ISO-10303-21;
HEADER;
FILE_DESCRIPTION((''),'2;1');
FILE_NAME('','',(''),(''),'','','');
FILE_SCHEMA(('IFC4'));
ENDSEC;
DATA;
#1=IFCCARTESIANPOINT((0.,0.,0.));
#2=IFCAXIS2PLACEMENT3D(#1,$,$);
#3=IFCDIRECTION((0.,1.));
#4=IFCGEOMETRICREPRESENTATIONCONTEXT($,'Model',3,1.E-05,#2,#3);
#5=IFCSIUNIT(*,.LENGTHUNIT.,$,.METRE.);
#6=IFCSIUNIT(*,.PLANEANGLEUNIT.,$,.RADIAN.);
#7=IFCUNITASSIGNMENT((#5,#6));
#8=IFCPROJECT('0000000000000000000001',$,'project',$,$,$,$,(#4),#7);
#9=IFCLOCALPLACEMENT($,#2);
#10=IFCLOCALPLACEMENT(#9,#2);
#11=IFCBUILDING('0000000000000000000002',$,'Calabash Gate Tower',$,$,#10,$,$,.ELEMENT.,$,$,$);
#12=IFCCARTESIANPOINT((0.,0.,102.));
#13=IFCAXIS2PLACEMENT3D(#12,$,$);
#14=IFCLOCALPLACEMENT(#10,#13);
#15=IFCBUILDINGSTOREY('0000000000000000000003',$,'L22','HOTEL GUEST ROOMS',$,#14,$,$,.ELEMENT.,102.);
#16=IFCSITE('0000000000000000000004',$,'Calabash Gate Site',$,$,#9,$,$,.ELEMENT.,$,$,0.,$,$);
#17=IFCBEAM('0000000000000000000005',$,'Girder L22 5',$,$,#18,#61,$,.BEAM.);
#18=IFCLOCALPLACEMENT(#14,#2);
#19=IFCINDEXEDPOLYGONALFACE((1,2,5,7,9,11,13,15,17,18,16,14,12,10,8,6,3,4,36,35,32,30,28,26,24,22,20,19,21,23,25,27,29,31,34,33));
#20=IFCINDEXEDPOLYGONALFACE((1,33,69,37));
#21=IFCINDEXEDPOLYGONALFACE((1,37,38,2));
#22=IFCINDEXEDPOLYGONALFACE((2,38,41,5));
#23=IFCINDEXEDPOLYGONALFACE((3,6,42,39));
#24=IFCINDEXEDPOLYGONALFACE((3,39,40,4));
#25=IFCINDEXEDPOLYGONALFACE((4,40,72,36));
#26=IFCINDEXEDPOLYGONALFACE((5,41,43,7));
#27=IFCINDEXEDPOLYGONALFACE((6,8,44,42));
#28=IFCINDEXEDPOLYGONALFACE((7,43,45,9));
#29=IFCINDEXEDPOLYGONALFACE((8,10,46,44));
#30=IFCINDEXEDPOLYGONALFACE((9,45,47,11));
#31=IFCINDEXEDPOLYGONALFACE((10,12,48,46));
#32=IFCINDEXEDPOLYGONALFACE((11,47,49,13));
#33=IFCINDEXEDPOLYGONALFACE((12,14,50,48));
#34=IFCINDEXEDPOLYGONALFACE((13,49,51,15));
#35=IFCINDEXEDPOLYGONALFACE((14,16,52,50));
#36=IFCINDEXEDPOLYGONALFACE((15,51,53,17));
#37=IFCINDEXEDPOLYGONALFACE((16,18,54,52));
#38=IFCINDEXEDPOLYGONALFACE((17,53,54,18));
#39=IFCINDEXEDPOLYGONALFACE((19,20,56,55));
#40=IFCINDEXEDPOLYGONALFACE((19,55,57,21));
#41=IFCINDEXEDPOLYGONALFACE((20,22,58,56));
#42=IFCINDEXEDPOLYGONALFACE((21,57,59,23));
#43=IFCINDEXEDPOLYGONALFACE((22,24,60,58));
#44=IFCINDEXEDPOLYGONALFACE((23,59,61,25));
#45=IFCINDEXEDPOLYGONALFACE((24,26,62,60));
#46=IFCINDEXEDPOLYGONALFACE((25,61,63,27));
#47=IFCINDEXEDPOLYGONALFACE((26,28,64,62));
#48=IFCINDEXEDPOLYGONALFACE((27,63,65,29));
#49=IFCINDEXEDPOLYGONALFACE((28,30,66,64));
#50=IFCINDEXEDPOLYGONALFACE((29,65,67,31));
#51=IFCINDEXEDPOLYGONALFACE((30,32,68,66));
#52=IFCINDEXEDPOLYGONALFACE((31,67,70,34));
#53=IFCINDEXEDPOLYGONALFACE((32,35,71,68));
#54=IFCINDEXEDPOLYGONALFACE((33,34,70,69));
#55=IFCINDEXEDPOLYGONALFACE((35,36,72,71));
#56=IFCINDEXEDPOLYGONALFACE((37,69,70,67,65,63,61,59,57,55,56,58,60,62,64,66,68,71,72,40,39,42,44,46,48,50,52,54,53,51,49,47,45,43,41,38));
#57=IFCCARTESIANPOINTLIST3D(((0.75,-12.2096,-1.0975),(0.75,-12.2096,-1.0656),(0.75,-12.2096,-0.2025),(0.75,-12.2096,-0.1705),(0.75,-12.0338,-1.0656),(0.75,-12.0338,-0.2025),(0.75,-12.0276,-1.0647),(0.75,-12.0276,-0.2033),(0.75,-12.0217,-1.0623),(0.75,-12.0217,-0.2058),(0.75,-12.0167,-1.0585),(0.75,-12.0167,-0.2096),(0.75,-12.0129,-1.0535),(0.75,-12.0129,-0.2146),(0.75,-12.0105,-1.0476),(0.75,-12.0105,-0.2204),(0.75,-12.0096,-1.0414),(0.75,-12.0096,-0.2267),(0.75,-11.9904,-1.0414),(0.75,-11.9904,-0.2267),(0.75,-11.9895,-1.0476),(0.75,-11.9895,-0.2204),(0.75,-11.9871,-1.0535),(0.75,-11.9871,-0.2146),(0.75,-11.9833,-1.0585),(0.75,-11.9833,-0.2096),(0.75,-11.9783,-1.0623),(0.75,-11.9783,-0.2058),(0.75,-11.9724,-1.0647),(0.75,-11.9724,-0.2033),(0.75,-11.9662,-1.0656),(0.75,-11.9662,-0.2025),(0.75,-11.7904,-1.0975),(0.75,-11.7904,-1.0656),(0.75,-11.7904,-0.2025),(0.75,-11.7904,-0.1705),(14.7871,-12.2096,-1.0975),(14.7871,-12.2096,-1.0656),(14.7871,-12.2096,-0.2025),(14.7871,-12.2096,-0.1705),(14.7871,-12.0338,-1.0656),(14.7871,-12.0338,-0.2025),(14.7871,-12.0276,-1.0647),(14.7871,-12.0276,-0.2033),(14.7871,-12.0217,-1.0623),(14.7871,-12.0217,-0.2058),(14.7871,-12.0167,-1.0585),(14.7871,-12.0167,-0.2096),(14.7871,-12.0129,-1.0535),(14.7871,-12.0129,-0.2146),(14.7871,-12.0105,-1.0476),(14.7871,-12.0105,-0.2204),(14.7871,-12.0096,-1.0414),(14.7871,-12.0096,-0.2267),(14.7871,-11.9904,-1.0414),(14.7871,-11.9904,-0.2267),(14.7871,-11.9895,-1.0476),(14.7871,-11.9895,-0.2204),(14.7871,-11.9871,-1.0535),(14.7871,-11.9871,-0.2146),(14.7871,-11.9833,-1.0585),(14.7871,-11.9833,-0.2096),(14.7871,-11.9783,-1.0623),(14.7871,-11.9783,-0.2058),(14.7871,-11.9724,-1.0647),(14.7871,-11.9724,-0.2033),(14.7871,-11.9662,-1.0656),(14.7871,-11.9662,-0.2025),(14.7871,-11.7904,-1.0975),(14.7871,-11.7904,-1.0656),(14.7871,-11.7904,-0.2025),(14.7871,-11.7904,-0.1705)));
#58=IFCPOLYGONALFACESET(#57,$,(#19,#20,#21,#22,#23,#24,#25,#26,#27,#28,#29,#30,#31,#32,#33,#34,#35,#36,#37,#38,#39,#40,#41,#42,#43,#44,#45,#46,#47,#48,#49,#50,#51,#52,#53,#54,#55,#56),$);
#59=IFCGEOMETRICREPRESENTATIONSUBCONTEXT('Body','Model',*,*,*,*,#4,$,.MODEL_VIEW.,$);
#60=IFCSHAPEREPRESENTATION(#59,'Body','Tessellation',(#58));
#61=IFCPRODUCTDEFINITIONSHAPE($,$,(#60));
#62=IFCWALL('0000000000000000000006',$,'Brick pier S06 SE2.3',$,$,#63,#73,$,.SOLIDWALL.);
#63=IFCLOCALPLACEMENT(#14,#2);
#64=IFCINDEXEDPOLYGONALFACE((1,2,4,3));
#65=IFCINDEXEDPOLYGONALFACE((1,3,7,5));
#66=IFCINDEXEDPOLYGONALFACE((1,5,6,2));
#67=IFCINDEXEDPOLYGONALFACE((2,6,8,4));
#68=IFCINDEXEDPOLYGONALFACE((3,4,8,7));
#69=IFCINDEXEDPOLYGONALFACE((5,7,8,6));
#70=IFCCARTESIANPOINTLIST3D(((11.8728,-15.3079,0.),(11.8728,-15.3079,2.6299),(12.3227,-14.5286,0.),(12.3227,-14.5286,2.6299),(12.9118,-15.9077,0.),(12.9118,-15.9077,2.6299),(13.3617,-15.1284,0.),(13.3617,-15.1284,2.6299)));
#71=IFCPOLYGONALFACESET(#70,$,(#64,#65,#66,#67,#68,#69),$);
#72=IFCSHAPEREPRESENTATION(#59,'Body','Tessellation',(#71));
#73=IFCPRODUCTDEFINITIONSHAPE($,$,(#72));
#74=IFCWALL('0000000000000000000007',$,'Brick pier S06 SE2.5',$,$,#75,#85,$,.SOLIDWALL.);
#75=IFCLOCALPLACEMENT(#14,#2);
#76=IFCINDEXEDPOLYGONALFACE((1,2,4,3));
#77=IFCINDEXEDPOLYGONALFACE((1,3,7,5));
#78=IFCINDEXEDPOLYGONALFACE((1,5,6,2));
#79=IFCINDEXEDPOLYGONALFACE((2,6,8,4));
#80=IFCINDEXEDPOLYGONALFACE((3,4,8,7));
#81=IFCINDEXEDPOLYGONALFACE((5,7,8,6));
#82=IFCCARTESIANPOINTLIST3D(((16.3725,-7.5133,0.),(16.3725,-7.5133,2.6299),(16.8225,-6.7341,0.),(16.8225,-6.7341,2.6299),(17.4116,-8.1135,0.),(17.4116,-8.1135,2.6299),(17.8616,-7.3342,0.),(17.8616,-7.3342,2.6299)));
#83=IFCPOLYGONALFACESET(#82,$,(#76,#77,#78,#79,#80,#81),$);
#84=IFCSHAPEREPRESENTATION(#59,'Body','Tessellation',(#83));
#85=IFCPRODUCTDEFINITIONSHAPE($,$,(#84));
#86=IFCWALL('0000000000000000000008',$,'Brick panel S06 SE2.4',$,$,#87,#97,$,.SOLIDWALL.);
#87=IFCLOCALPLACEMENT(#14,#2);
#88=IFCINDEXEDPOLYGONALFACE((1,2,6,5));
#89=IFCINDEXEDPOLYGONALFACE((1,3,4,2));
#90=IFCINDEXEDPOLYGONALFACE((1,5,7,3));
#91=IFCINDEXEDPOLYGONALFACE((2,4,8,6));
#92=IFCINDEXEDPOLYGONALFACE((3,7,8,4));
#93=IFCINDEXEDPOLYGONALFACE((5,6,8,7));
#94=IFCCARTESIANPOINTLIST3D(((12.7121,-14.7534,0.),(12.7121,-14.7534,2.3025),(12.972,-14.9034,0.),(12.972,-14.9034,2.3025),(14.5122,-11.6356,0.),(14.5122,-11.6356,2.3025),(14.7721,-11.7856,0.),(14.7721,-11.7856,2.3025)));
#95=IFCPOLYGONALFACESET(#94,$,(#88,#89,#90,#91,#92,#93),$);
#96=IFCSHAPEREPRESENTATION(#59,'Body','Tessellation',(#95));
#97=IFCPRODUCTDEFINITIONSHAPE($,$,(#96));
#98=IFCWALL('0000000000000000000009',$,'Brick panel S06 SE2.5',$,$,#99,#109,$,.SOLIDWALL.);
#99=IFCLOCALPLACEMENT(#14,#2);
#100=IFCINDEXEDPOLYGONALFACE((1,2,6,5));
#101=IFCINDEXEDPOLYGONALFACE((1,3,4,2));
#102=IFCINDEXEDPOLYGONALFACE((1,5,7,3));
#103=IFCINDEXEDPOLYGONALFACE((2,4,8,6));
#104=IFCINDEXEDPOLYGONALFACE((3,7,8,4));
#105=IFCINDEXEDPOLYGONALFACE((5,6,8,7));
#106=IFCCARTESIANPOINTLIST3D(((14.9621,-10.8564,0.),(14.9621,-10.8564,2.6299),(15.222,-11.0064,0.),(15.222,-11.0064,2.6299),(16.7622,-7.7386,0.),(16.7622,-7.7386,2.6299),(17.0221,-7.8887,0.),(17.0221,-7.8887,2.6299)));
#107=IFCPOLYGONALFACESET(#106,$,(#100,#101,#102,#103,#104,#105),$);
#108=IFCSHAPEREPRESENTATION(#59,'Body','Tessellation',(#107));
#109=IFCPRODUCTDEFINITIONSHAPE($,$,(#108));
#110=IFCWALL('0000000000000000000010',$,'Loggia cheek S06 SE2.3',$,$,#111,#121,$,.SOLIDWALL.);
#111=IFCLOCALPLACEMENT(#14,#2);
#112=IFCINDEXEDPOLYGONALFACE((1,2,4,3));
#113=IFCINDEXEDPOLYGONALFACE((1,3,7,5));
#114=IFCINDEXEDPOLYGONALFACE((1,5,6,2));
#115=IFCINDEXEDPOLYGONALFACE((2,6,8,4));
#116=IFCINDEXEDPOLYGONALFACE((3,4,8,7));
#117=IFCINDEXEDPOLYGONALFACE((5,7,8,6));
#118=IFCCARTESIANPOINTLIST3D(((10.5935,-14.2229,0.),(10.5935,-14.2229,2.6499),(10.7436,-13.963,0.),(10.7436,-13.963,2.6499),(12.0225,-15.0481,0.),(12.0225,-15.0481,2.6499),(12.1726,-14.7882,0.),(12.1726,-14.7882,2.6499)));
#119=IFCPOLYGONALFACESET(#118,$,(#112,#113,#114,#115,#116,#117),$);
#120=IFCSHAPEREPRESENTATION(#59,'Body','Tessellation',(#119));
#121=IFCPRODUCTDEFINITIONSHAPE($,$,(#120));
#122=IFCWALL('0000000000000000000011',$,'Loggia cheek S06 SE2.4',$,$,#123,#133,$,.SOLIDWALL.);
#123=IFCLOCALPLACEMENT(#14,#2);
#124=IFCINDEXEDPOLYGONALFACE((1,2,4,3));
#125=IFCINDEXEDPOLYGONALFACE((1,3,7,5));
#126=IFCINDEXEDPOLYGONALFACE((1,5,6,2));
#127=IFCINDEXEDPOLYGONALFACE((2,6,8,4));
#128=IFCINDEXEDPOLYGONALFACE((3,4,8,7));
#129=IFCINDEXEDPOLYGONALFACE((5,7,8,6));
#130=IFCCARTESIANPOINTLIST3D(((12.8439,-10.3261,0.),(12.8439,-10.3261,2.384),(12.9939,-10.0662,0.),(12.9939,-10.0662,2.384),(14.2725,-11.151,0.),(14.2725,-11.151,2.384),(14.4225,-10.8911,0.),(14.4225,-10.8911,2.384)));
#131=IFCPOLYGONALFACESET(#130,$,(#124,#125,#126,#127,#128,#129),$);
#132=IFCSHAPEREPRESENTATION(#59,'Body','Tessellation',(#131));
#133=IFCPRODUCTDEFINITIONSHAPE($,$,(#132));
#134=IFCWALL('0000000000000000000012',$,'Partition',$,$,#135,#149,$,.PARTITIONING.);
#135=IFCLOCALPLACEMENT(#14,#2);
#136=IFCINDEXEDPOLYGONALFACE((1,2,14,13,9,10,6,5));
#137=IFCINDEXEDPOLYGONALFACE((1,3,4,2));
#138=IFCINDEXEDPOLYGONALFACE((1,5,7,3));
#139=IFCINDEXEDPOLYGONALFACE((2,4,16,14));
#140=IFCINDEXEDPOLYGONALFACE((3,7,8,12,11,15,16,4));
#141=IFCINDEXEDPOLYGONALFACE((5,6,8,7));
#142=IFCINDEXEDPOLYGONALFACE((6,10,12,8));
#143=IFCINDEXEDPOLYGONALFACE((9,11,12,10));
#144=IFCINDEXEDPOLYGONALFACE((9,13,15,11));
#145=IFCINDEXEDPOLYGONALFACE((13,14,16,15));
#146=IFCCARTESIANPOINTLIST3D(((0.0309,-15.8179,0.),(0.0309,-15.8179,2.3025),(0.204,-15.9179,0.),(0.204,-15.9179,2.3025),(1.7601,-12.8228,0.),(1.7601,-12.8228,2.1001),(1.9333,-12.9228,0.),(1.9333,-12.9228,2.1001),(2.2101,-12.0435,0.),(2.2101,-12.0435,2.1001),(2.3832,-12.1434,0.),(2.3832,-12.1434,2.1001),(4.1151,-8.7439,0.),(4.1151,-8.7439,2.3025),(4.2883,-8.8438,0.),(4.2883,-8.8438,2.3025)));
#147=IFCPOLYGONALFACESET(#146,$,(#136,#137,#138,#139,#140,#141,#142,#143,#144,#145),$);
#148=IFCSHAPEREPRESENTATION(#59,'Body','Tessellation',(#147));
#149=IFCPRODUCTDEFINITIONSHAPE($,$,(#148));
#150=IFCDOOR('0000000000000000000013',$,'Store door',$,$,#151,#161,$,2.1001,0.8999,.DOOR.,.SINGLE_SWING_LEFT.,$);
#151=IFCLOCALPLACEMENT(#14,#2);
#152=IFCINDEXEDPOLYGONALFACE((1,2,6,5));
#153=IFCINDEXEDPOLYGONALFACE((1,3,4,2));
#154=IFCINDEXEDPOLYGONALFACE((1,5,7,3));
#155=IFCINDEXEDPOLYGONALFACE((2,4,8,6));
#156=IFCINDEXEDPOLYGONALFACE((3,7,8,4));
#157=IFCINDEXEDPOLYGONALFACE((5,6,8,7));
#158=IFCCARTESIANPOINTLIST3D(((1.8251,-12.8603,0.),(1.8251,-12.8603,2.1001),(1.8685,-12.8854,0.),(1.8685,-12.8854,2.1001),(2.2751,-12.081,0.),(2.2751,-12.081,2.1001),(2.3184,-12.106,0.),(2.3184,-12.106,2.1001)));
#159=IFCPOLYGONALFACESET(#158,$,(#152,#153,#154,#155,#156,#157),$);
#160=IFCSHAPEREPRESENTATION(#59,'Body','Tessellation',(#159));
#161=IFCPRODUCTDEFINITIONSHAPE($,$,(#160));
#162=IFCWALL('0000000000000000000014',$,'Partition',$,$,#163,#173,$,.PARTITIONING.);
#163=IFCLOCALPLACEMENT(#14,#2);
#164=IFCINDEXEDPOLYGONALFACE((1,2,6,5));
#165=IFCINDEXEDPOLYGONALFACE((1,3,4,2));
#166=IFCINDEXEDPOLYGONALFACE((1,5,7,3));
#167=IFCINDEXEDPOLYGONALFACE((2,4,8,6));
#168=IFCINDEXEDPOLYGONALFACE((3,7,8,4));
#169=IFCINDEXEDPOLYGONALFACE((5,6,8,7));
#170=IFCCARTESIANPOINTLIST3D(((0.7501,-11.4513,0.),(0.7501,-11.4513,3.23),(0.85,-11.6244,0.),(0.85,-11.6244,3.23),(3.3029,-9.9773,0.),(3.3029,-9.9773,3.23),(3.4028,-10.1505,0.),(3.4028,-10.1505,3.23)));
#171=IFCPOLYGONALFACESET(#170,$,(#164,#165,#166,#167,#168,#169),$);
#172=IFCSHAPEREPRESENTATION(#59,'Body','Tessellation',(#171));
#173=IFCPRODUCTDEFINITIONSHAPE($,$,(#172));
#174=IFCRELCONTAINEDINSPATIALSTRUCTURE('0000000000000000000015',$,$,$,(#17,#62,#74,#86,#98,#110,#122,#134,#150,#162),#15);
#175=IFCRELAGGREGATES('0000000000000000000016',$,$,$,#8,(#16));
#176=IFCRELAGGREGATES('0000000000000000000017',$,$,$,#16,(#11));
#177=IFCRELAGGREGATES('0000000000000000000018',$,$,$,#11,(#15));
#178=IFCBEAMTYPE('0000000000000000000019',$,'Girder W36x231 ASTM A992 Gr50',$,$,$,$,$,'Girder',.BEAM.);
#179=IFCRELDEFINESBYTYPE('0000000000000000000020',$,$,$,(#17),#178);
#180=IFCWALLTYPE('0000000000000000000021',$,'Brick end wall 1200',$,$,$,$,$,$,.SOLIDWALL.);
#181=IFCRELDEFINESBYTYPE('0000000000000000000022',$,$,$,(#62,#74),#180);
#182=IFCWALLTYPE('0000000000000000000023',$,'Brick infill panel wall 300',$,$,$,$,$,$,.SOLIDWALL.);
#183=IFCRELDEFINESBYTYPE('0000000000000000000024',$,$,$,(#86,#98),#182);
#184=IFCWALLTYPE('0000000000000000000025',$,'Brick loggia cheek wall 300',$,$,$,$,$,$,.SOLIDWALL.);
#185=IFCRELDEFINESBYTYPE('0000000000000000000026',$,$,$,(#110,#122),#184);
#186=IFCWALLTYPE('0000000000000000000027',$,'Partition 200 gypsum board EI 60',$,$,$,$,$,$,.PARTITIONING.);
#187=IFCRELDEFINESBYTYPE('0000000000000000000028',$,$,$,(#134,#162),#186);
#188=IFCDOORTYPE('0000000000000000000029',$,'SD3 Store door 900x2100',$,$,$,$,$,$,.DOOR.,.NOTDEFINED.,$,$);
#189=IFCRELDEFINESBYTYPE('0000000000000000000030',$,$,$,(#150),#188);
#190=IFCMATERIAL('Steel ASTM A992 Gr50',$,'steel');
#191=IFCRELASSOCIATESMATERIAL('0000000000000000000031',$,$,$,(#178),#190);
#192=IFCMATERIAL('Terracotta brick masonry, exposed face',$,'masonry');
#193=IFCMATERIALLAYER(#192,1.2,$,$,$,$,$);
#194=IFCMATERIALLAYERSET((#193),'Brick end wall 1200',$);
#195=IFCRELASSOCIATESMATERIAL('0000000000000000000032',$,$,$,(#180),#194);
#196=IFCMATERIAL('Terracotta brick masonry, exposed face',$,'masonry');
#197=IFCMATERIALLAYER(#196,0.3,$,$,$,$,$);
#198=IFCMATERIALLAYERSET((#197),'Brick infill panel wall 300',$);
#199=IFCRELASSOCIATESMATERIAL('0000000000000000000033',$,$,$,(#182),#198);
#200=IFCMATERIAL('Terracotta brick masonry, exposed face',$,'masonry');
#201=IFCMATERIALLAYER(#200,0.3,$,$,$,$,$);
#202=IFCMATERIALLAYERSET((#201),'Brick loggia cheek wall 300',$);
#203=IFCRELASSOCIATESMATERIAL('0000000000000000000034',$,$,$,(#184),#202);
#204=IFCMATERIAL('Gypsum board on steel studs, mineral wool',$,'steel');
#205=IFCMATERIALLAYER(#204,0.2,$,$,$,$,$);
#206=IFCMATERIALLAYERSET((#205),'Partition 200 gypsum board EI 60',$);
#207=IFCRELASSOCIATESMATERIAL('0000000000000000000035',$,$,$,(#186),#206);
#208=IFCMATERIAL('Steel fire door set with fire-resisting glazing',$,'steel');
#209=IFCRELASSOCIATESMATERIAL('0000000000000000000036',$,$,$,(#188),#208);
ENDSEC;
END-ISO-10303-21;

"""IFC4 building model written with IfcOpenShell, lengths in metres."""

from ifc_helpers import new_model, si_unit, direction, frame, frame_2d, origin, origin_2d, place, context, subcontext, project, spatial, rectangle, i_section, extrude, material, layer, layer_set, material_profile, profile_set, type_object, element, fill, save


model = new_model("IFC4")

# Units and contexts
model_context = context("Model", 3, precision=1e-05, world=origin(), true_north=direction((0.0, 1.0)))
body_context = subcontext(model_context, "Body", "Model", "MODEL_VIEW")
ifc_project = project(units=[si_unit("LENGTHUNIT", "METRE"), si_unit("PLANEANGLEUNIT", "RADIAN")], contexts=[model_context])

# Site, building, storey
site_placement = place(None, origin())
site = spatial("IfcSite", under=ifc_project, at=site_placement, Name="Calabash Gate Site", CompositionType="ELEMENT", RefElevation=0.0)
building_placement = place(site_placement, origin())
building = spatial("IfcBuilding", under=site, at=building_placement, Name="Calabash Gate Tower", CompositionType="ELEMENT")
storey_placement = place(building_placement, frame((0.0, 0.0, 102.0)))
storey = spatial("IfcBuildingStorey", under=building, at=storey_placement, Name="L22", Description="HOTEL GUEST ROOMS", CompositionType="ELEMENT", Elevation=102.0)

# Beam
ifc_material_1 = material(Name="Steel ASTM A992 Gr50", Category="steel")
ifc_material_profile_1 = material_profile(ifc_material_1, i_section(OverallWidth=0.4192, OverallDepth=0.927, WebThickness=0.0193, FlangeThickness=0.032, FilletRadius=0.0242, at=origin_2d()))
ifc_profile_set_1 = profile_set([ifc_material_profile_1], Name="Steel ASTM A992 Gr50")
beam_type_1 = type_object("IfcBeamType", Name="Girder W36x231 ASTM A992 Gr50", ElementType="Girder", PredefinedType="BEAM", material=ifc_profile_set_1)
beam_1_placement = place(storey_placement, frame((0.75, -12.0, -0.634), z_axis=(1.0, 0.0, 0.0), x_axis=(0.0, 1.0, 0.0)))
element("IfcBeam", 1, at=beam_1_placement, inside=storey, type_object=beam_type_1, Name="Girder L22 5", PredefinedType="BEAM", context=body_context, shape_type="SweptSolid", body=[
    extrude(i_section(OverallWidth=0.4192, OverallDepth=0.927, WebThickness=0.0193, FlangeThickness=0.032, FilletRadius=0.0242, at=origin_2d()), origin(), (0.0, 0.0, 1.0), 14.0371),
])

# Walls
ifc_material_2 = material(Name="Terracotta brick masonry, exposed face", Category="masonry")
ifc_layer_1 = layer(ifc_material_2, 1.2)
ifc_layer_set_1 = layer_set([ifc_layer_1], Name="Brick end wall 1200")
wall_type_1 = type_object("IfcWallType", Name="Brick end wall 1200", PredefinedType="SOLIDWALL", material=ifc_layer_set_1)
wall_1_placement = place(storey_placement, frame((13.1367, -15.5181, 0.0), z_axis=(0.0, 0.0, 1.0), x_axis=(-0.866043, 0.499969, 0.0)))
element("IfcWall", 2, at=wall_1_placement, inside=storey, type_object=wall_type_1, Name="Brick pier S06 SE2.3", PredefinedType="SOLIDWALL", context=body_context, shape_type="SweptSolid", body=[
    extrude(rectangle(XDim=1.1997, YDim=0.8999, at=frame_2d((0.5999, 0.0))), origin(), (0.0, 0.0, 1.0), 2.6299),
])
wall_2_placement = place(storey_placement, frame((17.6367, -7.7239, 0.0), z_axis=(0.0, 0.0, 1.0), x_axis=(-0.865955, 0.500122, 0.0)))
element("IfcWall", 3, at=wall_2_placement, inside=storey, type_object=wall_type_1, Name="Brick pier S06 SE2.5", PredefinedType="SOLIDWALL", context=body_context, shape_type="SweptSolid", body=[
    extrude(rectangle(XDim=1.2, YDim=0.8999, at=frame_2d((0.6001, 0.0))), origin(), (0.0, 0.0, 1.0), 2.6299),
])
ifc_material_3 = material(Name="Terracotta brick masonry, exposed face", Category="masonry")
ifc_layer_2 = layer(ifc_material_3, 0.3)
ifc_layer_set_2 = layer_set([ifc_layer_2], Name="Brick infill panel wall 300")
wall_type_2 = type_object("IfcWallType", Name="Brick infill panel wall 300", PredefinedType="SOLIDWALL", material=ifc_layer_set_2)
wall_3_placement = place(storey_placement, frame((12.842, -14.8284, 0.0), z_axis=(0.0, 0.0, 1.0), x_axis=(0.500012, 0.866018, 0.0)))
element("IfcWall", 4, at=wall_3_placement, inside=storey, type_object=wall_type_2, Name="Brick panel S06 SE2.4", PredefinedType="SOLIDWALL", context=body_context, shape_type="SweptSolid", body=[
    extrude(rectangle(XDim=3.6001, YDim=0.3, at=frame_2d((1.8, 0.0))), origin(), (0.0, 0.0, 1.0), 2.3025),
])
wall_4_placement = place(storey_placement, frame((15.092, -10.9314, 0.0), z_axis=(0.0, 0.0, 1.0), x_axis=(0.500012, 0.866018, 0.0)))
element("IfcWall", 5, at=wall_4_placement, inside=storey, type_object=wall_type_2, Name="Brick panel S06 SE2.5", PredefinedType="SOLIDWALL", context=body_context, shape_type="SweptSolid", body=[
    extrude(rectangle(XDim=3.6001, YDim=0.3, at=frame_2d((1.8, 0.0))), origin(), (0.0, 0.0, 1.0), 2.6299),
])
ifc_material_4 = material(Name="Terracotta brick masonry, exposed face", Category="masonry")
ifc_layer_3 = layer(ifc_material_4, 0.3)
ifc_layer_set_3 = layer_set([ifc_layer_3], Name="Brick loggia cheek wall 300")
wall_type_3 = type_object("IfcWallType", Name="Brick loggia cheek wall 300", PredefinedType="SOLIDWALL", material=ifc_layer_set_3)
wall_5_placement = place(storey_placement, frame((12.0977, -14.9182, 0.0), z_axis=(0.0, 0.0, 1.0), x_axis=(-0.865976, 0.500085, 0.0)))
element("IfcWall", 6, at=wall_5_placement, inside=storey, type_object=wall_type_3, Name="Loggia cheek S06 SE2.3", PredefinedType="SOLIDWALL", context=body_context, shape_type="SweptSolid", body=[
    extrude(rectangle(XDim=1.6501, YDim=0.3, at=frame_2d((0.8252, 0.0))), origin(), (0.0, 0.0, 1.0), 2.6499),
])
wall_6_placement = place(storey_placement, frame((14.3474, -11.021, 0.0), z_axis=(0.0, 0.0, 1.0), x_axis=(-0.866003, 0.500038, 0.0)))
element("IfcWall", 7, at=wall_6_placement, inside=storey, type_object=wall_type_3, Name="Loggia cheek S06 SE2.4", PredefinedType="SOLIDWALL", context=body_context, shape_type="SweptSolid", body=[
    extrude(rectangle(XDim=1.6497, YDim=0.3, at=frame_2d((0.8247, 0.0))), origin(), (0.0, 0.0, 1.0), 2.384),
])

# Wall, opening, door
ifc_material_5 = material(Name="Gypsum board on steel studs, mineral wool", Category="steel")
ifc_layer_4 = layer(ifc_material_5, 0.2)
ifc_layer_set_4 = layer_set([ifc_layer_4], Name="Partition 200 gypsum board EI 60")
wall_type_4 = type_object("IfcWallType", Name="Partition 200 gypsum board EI 60", PredefinedType="PARTITIONING", material=ifc_layer_set_4)
wall_7_placement = place(storey_placement, frame((0.1174, -15.8679, 0.0), z_axis=(0.0, 0.0, 1.0), x_axis=(0.500006, 0.866022, 0.0)))
wall_7 = element("IfcWall", 8, at=wall_7_placement, inside=storey, type_object=wall_type_4, Name="Partition", PredefinedType="PARTITIONING", context=body_context, shape_type="SweptSolid", body=[
    extrude(rectangle(XDim=8.1685, YDim=0.2, at=frame_2d((4.0842, 0.0))), origin(), (0.0, 0.0, 1.0), 2.3025),
])
opening_1_placement = place(wall_7_placement, frame((3.4585, 0.0, 0.0)))
opening_1 = element("IfcOpeningElement", 9, at=opening_1_placement, cuts=wall_7, PredefinedType="OPENING", context=body_context, shape_type="SweptSolid", body=[
    extrude(rectangle(XDim=0.8999, YDim=2.1001, at=frame_2d((0.45, 1.05))), frame((0.0, 0.1099, 0.0), z_axis=(0.0, -1.0, 0.0), x_axis=(1.0, 0.0, 0.0)), (0.0, 0.0, 1.0), 0.22),
])
ifc_material_6 = material(Name="Steel fire door set with fire-resisting glazing", Category="steel")
door_type_1 = type_object("IfcDoorType", Name="SD3 Store door 900x2100", OperationType="NOTDEFINED", PredefinedType="DOOR", material=ifc_material_6)
door_1_placement = place(opening_1_placement, origin())
door_1 = element("IfcDoor", 10, at=door_1_placement, inside=storey, type_object=door_type_1, Name="Store door", OperationType="SINGLE_SWING_LEFT", OverallHeight=2.1001, OverallWidth=0.8999, PredefinedType="DOOR", context=body_context, shape_type="SweptSolid", body=[
    extrude(rectangle(XDim=0.8999, YDim=2.1001, at=frame_2d((0.45, 1.05))), frame((0.0, 0.0249, 0.0), z_axis=(0.0, -1.0, 0.0), x_axis=(1.0, 0.0, 0.0)), (0.0, 0.0, 1.0), 0.05),
])
fill(opening_1, door_1)

# Wall
wall_8_placement = place(storey_placement, frame((0.8, -11.5378, 0.0), z_axis=(0.0, 0.0, 1.0), x_axis=(0.866017, 0.500014, 0.0)))
element("IfcWall", 11, at=wall_8_placement, inside=storey, type_object=wall_type_4, Name="Partition", PredefinedType="PARTITIONING", context=body_context, shape_type="SweptSolid", body=[
    extrude(rectangle(XDim=2.9478, YDim=0.2, at=frame_2d((1.4739, 0.0))), origin(), (0.0, 0.0, 1.0), 3.23),
])

save(model, "model.ifc")
